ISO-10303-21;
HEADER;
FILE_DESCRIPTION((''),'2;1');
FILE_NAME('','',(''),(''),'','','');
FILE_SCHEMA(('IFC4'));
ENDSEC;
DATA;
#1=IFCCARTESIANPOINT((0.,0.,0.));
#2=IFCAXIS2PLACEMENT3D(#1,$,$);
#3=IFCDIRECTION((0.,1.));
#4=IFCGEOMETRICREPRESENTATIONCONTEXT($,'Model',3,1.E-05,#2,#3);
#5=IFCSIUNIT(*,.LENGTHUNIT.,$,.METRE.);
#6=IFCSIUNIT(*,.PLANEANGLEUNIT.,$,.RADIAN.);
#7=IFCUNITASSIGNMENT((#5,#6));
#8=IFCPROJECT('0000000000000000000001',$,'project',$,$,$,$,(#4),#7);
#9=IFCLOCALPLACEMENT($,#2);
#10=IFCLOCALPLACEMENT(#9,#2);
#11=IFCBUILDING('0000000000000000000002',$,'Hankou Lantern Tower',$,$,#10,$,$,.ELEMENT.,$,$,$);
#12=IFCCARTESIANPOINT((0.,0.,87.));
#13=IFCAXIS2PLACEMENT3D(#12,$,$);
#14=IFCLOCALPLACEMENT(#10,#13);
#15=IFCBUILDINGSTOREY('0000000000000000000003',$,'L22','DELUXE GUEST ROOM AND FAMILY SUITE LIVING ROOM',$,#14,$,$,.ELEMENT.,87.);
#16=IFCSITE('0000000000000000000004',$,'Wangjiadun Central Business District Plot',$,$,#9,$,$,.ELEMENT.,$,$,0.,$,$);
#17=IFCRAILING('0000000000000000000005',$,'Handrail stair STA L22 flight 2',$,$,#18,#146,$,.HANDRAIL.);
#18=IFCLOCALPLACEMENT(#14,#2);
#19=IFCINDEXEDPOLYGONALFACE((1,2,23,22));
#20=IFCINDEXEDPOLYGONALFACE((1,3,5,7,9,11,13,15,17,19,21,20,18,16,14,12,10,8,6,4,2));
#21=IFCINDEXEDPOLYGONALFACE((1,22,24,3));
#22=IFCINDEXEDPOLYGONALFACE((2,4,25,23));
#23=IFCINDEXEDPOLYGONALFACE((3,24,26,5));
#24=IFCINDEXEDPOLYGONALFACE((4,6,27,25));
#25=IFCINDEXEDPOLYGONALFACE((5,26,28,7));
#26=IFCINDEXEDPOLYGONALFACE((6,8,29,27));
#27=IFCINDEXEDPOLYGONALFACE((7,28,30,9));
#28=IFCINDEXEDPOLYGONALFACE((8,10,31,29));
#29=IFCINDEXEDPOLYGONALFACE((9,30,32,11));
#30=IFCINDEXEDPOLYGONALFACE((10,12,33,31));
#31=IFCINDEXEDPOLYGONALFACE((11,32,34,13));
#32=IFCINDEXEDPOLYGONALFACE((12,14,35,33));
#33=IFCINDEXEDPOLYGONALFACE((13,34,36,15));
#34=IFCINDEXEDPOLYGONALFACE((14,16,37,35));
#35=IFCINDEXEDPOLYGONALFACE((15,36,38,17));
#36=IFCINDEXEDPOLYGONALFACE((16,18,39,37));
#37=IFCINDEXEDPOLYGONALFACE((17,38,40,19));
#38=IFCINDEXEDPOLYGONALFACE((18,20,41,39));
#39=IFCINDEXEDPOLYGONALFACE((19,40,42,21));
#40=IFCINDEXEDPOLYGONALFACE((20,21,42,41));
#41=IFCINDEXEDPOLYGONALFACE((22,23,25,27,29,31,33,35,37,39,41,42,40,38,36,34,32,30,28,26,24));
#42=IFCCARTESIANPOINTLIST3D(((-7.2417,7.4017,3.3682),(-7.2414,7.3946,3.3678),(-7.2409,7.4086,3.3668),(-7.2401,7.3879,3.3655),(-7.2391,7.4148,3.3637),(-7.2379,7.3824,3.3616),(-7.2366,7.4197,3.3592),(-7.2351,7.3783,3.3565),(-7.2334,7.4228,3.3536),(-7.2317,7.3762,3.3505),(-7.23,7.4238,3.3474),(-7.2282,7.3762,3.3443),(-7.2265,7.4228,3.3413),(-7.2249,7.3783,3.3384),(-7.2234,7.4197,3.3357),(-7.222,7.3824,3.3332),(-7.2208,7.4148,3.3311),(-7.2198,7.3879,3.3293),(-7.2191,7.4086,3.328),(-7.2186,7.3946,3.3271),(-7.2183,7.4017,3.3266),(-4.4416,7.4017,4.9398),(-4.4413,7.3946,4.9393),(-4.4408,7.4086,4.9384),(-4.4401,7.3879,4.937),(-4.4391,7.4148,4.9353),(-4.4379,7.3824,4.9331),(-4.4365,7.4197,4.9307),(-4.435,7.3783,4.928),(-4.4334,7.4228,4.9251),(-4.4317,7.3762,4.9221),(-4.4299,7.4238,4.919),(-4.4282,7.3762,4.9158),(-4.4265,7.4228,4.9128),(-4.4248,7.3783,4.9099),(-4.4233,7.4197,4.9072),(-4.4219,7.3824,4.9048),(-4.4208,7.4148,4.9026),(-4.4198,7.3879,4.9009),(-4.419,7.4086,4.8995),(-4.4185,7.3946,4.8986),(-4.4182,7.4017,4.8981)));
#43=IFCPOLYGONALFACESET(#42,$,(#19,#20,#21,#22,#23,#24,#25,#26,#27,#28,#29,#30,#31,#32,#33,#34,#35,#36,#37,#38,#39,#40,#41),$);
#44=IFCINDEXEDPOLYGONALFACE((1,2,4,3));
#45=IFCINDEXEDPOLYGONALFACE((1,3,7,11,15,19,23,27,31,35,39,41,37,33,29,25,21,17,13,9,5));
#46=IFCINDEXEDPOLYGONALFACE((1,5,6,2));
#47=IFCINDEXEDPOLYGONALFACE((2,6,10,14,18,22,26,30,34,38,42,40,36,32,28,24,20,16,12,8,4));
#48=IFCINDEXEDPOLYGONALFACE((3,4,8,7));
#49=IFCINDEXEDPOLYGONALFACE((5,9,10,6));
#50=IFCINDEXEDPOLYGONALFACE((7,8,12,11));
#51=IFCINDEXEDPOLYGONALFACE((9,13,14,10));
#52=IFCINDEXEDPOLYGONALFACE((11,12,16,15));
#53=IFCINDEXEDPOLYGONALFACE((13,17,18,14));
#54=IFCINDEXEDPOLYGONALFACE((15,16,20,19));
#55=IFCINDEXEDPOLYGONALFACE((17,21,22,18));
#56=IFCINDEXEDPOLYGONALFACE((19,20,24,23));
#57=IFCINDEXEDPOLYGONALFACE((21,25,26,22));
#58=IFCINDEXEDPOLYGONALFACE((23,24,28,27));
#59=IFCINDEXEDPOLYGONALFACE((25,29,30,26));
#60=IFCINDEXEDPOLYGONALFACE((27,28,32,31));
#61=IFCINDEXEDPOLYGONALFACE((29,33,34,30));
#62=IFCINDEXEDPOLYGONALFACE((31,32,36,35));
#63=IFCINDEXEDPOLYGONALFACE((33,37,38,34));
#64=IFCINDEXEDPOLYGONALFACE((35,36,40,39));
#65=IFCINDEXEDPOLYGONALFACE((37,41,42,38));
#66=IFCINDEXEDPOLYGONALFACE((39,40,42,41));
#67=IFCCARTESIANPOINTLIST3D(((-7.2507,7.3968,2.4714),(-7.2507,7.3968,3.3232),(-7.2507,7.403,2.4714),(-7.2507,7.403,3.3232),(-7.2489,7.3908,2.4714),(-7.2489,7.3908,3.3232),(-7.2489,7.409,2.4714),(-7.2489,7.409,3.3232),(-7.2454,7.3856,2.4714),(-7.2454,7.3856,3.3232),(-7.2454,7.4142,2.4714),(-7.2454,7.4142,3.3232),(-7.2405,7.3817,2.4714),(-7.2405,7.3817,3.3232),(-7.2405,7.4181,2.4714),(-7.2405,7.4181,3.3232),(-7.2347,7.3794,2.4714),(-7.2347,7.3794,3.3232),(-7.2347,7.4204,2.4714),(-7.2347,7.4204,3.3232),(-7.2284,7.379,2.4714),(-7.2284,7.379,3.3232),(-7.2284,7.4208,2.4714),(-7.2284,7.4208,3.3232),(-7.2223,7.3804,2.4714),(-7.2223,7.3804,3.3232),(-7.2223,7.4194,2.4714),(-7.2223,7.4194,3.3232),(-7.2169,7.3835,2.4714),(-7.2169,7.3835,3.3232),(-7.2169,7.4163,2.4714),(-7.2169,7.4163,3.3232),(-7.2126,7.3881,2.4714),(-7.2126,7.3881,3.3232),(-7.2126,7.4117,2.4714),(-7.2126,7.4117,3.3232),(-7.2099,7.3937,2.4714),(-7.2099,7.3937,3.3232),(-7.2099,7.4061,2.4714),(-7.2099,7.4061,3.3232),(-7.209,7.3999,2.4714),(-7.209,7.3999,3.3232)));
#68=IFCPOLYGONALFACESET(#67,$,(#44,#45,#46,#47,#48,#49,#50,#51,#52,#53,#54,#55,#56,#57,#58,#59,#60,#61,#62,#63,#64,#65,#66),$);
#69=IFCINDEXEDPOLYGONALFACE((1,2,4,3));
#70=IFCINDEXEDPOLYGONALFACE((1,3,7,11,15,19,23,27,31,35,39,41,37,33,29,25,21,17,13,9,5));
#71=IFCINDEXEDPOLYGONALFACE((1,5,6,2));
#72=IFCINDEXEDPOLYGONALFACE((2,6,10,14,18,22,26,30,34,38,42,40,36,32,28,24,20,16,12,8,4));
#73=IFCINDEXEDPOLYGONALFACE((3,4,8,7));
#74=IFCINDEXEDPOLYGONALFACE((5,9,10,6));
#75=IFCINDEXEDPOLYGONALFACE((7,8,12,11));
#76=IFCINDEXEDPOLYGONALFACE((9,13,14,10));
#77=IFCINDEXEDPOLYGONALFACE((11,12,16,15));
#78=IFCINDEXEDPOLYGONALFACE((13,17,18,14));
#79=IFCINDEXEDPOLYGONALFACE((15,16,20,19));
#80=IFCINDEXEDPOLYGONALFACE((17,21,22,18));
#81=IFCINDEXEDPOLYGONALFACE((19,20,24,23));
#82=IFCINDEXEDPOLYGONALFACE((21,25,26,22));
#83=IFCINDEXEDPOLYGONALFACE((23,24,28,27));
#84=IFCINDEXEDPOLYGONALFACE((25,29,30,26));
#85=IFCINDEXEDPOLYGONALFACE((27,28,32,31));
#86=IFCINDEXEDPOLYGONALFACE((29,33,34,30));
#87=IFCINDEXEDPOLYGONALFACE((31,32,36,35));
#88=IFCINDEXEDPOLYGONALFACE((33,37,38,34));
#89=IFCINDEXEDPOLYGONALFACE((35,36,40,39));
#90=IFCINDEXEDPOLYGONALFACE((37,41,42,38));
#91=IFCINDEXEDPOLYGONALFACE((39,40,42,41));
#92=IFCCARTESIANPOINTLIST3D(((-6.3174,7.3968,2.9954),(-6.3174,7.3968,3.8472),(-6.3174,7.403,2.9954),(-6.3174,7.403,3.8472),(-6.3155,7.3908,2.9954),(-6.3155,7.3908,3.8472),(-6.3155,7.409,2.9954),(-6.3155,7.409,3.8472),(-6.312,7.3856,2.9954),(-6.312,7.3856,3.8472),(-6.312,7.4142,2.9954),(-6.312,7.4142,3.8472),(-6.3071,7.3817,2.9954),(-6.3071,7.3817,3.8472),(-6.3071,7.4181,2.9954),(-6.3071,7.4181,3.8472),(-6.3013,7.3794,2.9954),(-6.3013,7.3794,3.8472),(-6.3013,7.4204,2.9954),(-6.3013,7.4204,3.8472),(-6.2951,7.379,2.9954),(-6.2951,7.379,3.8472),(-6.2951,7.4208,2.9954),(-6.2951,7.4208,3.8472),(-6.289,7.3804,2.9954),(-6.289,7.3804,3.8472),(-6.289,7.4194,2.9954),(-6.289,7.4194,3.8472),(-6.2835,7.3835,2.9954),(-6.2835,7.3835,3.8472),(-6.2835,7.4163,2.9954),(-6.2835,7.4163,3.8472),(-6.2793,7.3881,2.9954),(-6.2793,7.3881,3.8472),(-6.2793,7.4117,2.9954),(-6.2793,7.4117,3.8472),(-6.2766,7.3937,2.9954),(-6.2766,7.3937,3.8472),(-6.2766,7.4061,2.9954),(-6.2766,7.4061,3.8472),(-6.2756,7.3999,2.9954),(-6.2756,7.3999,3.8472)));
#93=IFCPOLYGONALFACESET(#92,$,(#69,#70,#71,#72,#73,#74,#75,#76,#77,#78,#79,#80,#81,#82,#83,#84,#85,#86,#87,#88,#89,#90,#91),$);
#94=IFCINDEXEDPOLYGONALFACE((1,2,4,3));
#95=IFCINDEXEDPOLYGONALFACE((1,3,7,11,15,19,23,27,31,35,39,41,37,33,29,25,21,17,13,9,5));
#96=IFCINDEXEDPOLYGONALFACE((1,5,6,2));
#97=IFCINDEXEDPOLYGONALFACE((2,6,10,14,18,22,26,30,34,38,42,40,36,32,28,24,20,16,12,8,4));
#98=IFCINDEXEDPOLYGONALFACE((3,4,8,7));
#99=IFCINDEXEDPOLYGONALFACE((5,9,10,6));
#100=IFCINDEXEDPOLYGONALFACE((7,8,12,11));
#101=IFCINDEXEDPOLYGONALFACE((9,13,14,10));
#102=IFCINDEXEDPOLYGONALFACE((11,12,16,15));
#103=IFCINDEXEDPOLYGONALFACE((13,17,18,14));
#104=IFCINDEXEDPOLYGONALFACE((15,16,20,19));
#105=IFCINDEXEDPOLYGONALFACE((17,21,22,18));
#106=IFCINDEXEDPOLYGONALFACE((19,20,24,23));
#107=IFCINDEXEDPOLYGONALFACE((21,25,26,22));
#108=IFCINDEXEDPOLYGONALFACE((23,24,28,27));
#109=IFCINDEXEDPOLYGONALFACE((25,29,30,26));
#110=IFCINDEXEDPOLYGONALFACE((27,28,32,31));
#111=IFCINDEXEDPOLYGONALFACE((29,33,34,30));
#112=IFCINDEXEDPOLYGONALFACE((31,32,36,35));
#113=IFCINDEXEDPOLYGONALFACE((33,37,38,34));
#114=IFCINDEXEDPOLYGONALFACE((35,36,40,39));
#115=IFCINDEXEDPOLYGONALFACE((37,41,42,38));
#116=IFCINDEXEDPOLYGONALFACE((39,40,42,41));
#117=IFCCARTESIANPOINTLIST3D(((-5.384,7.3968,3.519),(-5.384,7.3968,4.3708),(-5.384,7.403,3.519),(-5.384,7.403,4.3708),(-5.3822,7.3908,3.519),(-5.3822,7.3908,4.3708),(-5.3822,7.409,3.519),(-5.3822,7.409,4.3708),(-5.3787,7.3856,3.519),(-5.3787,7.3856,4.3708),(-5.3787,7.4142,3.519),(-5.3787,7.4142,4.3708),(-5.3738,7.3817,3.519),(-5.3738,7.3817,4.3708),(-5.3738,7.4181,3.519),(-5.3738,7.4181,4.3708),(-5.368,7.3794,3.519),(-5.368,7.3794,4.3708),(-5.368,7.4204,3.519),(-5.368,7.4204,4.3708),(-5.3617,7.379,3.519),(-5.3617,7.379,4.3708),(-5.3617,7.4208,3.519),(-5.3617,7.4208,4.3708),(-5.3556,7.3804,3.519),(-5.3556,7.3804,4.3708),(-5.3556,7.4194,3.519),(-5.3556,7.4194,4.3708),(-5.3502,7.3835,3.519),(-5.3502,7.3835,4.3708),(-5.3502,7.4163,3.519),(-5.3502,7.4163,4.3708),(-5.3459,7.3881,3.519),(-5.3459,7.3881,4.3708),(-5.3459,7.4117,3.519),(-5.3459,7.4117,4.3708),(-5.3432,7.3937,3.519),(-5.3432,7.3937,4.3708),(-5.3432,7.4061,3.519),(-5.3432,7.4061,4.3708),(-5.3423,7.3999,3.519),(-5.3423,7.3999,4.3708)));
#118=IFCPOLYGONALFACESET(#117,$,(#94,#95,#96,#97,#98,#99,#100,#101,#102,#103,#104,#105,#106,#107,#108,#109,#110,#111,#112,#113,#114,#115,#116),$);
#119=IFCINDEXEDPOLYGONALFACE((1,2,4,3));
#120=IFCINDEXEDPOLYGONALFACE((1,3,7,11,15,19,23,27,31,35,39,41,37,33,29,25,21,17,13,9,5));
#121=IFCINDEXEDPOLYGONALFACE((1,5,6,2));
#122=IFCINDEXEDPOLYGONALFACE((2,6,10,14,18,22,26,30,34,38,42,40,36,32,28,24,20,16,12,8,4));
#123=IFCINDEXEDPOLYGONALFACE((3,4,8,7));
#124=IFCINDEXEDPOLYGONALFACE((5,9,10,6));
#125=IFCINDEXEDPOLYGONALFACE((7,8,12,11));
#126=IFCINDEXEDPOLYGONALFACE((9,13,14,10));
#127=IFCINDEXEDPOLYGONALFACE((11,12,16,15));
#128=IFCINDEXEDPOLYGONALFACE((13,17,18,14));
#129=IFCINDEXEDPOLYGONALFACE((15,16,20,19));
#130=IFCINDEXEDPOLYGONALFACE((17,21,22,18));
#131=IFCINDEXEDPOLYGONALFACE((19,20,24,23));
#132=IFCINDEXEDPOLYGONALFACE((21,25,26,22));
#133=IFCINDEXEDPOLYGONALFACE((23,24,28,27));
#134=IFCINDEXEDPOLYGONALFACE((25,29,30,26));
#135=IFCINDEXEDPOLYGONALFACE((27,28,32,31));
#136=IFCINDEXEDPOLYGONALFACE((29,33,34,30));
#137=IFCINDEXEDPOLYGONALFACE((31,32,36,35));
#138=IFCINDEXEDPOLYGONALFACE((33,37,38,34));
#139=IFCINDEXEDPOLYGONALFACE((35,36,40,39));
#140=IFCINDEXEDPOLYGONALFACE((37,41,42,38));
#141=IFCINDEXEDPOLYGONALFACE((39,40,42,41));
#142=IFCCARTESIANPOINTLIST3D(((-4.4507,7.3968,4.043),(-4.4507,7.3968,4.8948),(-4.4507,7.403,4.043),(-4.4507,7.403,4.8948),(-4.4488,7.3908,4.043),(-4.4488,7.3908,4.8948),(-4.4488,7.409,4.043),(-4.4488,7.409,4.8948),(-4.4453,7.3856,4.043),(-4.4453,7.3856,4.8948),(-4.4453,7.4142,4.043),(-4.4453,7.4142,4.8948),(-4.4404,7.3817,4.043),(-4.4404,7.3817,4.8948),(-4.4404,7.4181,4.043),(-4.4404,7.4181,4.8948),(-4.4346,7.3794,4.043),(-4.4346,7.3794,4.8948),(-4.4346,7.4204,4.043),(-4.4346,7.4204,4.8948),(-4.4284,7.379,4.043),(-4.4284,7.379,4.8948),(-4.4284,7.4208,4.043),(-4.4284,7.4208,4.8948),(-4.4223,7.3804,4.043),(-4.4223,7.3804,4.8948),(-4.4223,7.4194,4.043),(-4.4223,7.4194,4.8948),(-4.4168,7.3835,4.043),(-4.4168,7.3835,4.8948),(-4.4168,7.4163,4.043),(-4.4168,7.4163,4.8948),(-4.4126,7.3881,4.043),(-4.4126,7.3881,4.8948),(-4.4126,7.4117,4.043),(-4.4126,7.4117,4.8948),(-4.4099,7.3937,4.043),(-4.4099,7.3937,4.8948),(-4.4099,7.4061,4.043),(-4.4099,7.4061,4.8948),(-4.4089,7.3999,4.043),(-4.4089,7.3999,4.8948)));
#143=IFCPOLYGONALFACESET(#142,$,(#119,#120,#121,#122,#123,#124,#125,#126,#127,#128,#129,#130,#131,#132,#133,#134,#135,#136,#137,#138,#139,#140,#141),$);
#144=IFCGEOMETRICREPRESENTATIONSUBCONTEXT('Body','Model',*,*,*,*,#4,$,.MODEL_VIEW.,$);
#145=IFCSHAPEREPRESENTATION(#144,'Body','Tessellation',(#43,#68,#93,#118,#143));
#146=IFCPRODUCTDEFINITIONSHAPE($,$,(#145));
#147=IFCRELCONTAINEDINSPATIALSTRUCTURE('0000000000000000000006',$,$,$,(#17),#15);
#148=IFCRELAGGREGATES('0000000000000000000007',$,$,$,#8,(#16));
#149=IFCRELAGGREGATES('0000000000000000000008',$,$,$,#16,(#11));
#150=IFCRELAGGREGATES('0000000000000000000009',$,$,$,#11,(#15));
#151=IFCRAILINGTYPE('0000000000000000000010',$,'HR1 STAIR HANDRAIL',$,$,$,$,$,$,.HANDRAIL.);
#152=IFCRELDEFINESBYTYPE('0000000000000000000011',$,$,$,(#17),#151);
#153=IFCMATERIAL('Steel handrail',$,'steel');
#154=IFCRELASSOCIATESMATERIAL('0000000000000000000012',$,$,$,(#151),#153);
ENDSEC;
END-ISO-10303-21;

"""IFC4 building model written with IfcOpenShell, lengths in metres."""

from ifc_helpers import new_model, si_unit, direction, frame, origin, origin_2d, place, context, subcontext, project, spatial, circle, extrude, material, type_object, element, save


model = new_model("IFC4")

# Units and contexts
model_context = context("Model", 3, precision=1e-05, world=origin(), true_north=direction((0.0, 1.0)))
body_context = subcontext(model_context, "Body", "Model", "MODEL_VIEW")
ifc_project = project(units=[si_unit("LENGTHUNIT", "METRE"), si_unit("PLANEANGLEUNIT", "RADIAN")], contexts=[model_context])

# Site, building, storey
site_placement = place(None, origin())
site = spatial("IfcSite", under=ifc_project, at=site_placement, Name="Wangjiadun Central Business District Plot", CompositionType="ELEMENT", RefElevation=0.0)
building_placement = place(site_placement, origin())
building = spatial("IfcBuilding", under=site, at=building_placement, Name="Hankou Lantern Tower", CompositionType="ELEMENT")
storey_placement = place(building_placement, frame((0.0, 0.0, 87.0)))
storey = spatial("IfcBuildingStorey", under=building, at=storey_placement, Name="L22", Description="DELUXE GUEST ROOM AND FAMILY SUITE LIVING ROOM", CompositionType="ELEMENT", Elevation=87.0)

# Railing
ifc_material_1 = material(Name="Steel handrail", Category="steel")
railing_type = type_object("IfcRailingType", Name="HR1 STAIR HANDRAIL", PredefinedType="HANDRAIL", material=ifc_material_1)
railing_placement = place(storey_placement, frame((-7.23, 7.3999, 2.4714)))
element("IfcRailing", 1, at=railing_placement, inside=storey, type_object=railing_type, Name="Handrail stair STA L22 flight 2", PredefinedType="HANDRAIL", context=body_context, shape_type="SweptSolid", body=[
    extrude(circle(Radius=0.0239, at=origin_2d()), frame((0.0, 0.0, 0.876), z_axis=(0.87204, 0.0, 0.489434), x_axis=(0.0, 1.0, 0.0)), (0.0, 0.0, 1.0), 3.2109),
    extrude(circle(Radius=0.021, at=origin_2d()), origin(), (0.0, 0.0, 1.0), 0.8518),
    extrude(circle(Radius=0.021, at=origin_2d()), frame((0.9333, 0.0, 0.5239)), (0.0, 0.0, 1.0), 0.8518),
    extrude(circle(Radius=0.021, at=origin_2d()), frame((1.8667, 0.0, 1.0476)), (0.0, 0.0, 1.0), 0.8518),
    extrude(circle(Radius=0.021, at=origin_2d()), frame((2.8, 0.0, 1.5715)), (0.0, 0.0, 1.0), 0.8518),
])

save(model, "model.ifc")
